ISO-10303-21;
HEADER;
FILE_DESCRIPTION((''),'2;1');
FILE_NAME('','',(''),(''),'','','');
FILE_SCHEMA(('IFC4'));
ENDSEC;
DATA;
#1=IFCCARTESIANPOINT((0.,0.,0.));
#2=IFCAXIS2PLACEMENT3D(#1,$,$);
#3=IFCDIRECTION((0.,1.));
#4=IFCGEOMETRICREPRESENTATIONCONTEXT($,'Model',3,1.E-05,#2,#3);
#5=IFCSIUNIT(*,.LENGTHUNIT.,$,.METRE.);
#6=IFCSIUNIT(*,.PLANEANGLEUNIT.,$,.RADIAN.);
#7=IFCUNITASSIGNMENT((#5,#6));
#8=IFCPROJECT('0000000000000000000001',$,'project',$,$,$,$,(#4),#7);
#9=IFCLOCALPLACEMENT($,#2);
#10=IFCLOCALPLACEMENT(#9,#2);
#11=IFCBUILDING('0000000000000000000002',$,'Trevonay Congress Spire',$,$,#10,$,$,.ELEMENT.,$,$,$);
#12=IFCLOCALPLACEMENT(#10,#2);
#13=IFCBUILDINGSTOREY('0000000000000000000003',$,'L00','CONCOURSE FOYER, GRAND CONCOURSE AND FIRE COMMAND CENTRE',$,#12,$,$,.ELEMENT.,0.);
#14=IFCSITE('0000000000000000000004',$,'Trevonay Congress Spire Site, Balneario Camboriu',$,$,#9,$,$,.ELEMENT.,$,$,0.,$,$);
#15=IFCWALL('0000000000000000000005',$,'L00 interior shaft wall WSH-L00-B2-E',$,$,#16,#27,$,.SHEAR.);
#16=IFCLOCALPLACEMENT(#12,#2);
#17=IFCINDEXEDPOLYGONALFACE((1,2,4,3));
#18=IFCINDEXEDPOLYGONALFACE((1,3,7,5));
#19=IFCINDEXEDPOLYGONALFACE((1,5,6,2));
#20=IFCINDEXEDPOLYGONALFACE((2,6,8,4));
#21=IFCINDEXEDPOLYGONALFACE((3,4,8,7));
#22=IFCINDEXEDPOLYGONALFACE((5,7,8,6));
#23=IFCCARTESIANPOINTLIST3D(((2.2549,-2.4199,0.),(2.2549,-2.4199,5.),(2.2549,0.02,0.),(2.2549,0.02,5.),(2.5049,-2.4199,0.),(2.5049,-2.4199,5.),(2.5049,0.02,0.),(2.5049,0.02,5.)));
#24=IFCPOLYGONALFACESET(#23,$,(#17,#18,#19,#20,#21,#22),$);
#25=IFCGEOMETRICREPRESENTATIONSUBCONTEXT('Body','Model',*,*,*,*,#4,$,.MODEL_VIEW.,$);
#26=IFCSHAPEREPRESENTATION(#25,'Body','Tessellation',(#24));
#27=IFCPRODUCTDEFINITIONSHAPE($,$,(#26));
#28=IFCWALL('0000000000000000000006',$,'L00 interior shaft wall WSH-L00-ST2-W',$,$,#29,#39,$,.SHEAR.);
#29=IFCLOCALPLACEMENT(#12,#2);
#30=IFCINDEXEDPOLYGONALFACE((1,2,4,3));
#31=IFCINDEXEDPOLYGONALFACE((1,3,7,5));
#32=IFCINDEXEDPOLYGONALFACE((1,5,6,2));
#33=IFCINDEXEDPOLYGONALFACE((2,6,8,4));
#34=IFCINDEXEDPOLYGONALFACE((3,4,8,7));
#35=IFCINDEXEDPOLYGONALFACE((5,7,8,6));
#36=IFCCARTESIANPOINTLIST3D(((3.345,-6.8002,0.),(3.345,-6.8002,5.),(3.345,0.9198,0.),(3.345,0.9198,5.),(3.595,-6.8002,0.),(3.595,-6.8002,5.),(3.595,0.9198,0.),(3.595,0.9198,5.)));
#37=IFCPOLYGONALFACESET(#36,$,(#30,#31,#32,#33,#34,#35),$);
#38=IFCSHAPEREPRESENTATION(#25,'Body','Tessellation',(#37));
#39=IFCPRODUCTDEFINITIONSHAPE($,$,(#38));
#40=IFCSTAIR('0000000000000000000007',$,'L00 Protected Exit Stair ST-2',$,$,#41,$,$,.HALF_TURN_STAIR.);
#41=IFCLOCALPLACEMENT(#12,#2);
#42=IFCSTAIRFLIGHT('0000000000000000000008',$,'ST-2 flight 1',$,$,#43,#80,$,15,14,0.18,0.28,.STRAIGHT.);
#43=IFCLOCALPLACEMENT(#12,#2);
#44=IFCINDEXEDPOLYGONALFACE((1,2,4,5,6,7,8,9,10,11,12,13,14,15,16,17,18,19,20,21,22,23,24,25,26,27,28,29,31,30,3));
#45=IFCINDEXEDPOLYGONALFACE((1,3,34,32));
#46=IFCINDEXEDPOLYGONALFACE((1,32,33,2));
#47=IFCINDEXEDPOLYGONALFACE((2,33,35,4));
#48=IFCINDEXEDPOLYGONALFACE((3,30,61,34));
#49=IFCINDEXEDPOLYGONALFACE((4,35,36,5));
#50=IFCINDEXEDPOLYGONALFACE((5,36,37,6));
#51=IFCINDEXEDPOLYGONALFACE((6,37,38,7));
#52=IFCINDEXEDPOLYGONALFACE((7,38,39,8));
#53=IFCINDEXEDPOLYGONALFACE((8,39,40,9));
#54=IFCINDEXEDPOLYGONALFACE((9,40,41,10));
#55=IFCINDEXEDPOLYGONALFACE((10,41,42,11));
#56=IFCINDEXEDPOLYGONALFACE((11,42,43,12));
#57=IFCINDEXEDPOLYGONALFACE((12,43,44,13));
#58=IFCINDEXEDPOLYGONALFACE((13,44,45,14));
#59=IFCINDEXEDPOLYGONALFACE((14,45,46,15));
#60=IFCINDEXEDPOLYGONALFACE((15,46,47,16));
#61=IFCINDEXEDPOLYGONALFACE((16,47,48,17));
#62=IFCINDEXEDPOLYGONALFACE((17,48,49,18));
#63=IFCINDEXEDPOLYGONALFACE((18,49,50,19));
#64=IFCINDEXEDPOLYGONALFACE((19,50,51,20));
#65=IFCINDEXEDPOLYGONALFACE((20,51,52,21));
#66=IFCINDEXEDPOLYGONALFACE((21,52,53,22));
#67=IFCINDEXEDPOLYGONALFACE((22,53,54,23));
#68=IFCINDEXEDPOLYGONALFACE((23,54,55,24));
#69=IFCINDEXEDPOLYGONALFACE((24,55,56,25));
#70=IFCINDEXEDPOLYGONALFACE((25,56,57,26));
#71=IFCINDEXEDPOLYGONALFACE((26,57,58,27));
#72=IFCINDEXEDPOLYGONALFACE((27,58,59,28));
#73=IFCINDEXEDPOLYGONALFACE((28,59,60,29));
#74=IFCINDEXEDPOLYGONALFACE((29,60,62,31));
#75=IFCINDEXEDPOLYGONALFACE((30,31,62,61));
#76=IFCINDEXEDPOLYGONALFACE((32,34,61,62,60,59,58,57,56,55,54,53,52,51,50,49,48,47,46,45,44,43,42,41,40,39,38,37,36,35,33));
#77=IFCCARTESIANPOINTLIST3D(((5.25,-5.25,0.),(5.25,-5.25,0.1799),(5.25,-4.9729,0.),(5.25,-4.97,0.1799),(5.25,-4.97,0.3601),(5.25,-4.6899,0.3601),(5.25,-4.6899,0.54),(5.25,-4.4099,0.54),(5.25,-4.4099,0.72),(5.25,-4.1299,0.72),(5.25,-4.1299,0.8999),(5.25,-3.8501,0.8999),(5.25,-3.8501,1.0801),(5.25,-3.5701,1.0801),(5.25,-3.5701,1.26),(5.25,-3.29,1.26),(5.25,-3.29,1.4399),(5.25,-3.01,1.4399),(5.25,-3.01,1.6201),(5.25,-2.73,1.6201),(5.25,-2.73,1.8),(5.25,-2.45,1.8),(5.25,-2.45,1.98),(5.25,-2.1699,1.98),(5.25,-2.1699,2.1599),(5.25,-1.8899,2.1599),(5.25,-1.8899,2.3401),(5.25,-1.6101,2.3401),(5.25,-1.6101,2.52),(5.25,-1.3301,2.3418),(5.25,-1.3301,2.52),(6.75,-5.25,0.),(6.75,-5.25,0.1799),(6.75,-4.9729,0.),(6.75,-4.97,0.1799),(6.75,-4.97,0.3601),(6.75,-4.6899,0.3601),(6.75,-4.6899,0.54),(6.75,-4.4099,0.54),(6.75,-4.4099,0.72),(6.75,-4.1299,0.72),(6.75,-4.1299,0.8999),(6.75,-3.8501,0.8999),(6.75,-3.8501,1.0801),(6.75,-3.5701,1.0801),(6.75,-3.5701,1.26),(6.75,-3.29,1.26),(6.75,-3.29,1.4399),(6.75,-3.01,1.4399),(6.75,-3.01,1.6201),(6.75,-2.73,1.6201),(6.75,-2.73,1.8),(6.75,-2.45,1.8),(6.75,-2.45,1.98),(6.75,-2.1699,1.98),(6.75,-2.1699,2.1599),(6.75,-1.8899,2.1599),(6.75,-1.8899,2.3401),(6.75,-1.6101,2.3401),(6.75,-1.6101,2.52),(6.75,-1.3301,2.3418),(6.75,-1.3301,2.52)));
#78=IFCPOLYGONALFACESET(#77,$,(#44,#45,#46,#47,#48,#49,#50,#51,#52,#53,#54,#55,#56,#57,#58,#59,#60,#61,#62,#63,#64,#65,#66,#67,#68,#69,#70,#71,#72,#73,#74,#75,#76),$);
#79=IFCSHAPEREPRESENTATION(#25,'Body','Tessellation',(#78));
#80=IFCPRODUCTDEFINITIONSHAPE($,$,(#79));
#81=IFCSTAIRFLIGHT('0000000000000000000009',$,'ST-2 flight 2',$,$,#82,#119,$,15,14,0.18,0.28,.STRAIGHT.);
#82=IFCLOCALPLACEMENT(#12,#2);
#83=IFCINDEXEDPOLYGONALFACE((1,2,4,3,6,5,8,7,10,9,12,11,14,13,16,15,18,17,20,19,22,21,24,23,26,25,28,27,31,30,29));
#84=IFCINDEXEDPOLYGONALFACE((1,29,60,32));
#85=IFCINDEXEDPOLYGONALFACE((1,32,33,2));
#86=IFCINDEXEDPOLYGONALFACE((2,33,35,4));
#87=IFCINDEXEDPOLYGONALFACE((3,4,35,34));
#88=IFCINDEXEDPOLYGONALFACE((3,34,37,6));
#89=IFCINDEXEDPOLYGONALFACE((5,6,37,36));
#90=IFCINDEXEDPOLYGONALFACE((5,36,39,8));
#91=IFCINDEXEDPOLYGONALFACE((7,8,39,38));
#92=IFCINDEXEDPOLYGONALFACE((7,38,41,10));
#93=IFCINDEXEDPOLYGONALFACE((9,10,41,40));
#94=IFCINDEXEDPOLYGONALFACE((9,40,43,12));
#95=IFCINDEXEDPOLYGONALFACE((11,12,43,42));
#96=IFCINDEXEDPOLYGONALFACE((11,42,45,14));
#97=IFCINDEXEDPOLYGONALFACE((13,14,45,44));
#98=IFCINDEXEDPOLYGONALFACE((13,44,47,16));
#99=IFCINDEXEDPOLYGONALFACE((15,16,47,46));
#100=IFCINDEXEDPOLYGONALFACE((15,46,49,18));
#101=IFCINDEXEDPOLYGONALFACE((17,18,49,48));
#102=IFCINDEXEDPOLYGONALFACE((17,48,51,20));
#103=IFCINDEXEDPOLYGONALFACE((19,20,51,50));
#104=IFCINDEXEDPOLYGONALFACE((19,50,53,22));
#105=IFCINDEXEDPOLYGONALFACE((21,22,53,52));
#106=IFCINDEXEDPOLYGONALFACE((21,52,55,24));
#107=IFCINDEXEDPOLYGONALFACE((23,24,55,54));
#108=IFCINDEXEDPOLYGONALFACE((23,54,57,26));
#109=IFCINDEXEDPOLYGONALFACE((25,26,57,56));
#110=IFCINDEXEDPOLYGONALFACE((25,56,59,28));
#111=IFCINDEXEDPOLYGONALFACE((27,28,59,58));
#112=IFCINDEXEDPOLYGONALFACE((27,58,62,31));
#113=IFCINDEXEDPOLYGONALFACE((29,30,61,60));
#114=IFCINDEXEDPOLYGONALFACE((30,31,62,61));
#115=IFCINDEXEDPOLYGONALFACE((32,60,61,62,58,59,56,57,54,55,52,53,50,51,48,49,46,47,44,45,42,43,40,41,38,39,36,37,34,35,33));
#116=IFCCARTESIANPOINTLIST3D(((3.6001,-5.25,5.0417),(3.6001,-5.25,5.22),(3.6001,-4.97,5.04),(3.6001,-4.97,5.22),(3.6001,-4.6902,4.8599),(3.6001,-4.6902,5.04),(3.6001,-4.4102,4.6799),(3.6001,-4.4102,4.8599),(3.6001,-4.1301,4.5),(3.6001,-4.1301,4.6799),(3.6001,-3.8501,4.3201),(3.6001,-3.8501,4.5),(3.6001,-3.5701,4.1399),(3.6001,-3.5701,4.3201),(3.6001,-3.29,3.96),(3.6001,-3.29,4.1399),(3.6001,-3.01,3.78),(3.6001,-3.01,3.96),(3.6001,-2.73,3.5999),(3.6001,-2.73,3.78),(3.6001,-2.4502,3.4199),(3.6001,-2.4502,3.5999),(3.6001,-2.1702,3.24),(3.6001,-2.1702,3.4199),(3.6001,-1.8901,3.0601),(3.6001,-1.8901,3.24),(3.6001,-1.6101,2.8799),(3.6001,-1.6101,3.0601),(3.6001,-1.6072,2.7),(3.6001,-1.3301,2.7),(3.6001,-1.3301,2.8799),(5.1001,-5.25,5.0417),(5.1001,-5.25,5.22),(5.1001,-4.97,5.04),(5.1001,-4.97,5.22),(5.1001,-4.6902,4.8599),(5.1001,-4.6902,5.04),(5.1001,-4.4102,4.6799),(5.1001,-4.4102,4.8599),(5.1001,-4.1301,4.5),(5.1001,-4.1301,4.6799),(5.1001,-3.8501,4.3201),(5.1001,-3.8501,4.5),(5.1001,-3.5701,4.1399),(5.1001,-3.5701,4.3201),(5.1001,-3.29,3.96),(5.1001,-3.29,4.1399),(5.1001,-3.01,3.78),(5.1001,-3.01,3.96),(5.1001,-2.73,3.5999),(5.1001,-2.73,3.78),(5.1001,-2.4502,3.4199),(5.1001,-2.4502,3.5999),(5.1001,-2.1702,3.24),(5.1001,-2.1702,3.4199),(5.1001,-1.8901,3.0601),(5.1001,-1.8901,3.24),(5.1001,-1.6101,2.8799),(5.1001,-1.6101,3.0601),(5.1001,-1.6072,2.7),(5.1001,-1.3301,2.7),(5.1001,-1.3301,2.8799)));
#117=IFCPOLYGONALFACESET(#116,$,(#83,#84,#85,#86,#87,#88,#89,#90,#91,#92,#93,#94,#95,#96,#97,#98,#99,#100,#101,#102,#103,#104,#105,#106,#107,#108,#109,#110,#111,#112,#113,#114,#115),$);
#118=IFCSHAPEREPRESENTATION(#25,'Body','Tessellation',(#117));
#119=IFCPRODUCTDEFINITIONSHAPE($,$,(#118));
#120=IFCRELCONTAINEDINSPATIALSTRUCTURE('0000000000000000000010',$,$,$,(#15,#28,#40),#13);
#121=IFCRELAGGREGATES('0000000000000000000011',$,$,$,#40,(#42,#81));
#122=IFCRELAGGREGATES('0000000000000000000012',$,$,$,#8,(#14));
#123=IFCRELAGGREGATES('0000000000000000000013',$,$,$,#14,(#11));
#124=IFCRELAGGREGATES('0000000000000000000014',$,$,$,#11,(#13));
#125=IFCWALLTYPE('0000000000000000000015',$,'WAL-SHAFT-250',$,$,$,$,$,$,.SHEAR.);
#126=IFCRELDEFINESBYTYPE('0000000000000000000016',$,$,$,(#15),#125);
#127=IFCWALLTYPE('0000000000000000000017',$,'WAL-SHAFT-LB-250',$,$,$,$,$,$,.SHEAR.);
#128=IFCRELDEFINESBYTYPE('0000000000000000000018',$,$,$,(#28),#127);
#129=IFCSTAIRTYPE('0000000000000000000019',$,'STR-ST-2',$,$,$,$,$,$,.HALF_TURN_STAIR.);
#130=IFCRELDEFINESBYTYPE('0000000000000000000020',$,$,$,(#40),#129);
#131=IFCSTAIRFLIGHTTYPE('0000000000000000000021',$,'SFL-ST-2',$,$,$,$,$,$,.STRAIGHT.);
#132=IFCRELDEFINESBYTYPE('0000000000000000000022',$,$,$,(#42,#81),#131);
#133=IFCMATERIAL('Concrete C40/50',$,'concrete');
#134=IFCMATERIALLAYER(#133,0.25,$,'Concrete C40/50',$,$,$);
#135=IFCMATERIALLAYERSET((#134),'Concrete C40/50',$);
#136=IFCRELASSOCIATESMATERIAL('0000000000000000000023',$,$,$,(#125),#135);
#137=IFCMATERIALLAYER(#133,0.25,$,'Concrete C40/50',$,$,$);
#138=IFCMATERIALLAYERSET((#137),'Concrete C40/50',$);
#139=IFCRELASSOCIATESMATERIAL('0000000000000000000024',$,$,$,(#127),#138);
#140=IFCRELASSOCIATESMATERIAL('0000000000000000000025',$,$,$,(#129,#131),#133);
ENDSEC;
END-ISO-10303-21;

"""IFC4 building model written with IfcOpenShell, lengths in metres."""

from ifc_helpers import new_model, si_unit, direction, frame, frame_2d, origin, place, context, subcontext, project, spatial, polyline, rectangle, outline, extrude, material, layer, layer_set, type_object, element, aggregate, save


model = new_model("IFC4")

# Units and contexts
model_context = context("Model", 3, precision=1e-05, world=origin(), true_north=direction((0.0, 1.0)))
body_context = subcontext(model_context, "Body", "Model", "MODEL_VIEW")
ifc_project = project(units=[si_unit("LENGTHUNIT", "METRE"), si_unit("PLANEANGLEUNIT", "RADIAN")], contexts=[model_context])

# Site, building, storey
site_placement = place(None, origin())
site = spatial("IfcSite", under=ifc_project, at=site_placement, Name="Trevonay Congress Spire Site, Balneario Camboriu", CompositionType="ELEMENT", RefElevation=0.0)
building_placement = place(site_placement, origin())
building = spatial("IfcBuilding", under=site, at=building_placement, Name="Trevonay Congress Spire", CompositionType="ELEMENT")
storey_placement = place(building_placement, origin())
storey = spatial("IfcBuildingStorey", under=building, at=storey_placement, Name="L00", Description="CONCOURSE FOYER, GRAND CONCOURSE AND FIRE COMMAND CENTRE", CompositionType="ELEMENT", Elevation=0.0)

# Shared definitions
ifc_material_1 = material(Name="Concrete C40/50", Category="concrete")

# Walls
ifc_layer_1 = layer(ifc_material_1, 0.25, Name="Concrete C40/50")
ifc_layer_set_1 = layer_set([ifc_layer_1], Name="Concrete C40/50")
wall_type_1 = type_object("IfcWallType", Name="WAL-SHAFT-250", PredefinedType="SHEAR", material=ifc_layer_set_1)
wall_1_placement = place(storey_placement, frame((2.3799, -2.4199, 0.0), z_axis=(0.0, 0.0, 1.0), x_axis=(0.0, 1.0, 0.0)))
element("IfcWall", 1, at=wall_1_placement, inside=storey, type_object=wall_type_1, Name="L00 interior shaft wall WSH-L00-B2-E", PredefinedType="SHEAR", context=body_context, shape_type="SweptSolid", body=[
    extrude(rectangle(XDim=2.4399, YDim=0.25, at=frame_2d((1.22, 0.0))), origin(), (0.0, 0.0, 1.0), 5.0),
])
ifc_layer_2 = layer(ifc_material_1, 0.25, Name="Concrete C40/50")
ifc_layer_set_2 = layer_set([ifc_layer_2], Name="Concrete C40/50")
wall_type_2 = type_object("IfcWallType", Name="WAL-SHAFT-LB-250", PredefinedType="SHEAR", material=ifc_layer_set_2)
wall_2_placement = place(storey_placement, frame((3.47, -6.8, 0.0), z_axis=(0.0, 0.0, 1.0), x_axis=(0.0, 1.0, 0.0)))
element("IfcWall", 2, at=wall_2_placement, inside=storey, type_object=wall_type_2, Name="L00 interior shaft wall WSH-L00-ST2-W", PredefinedType="SHEAR", context=body_context, shape_type="SweptSolid", body=[
    extrude(rectangle(XDim=7.72, YDim=0.25, at=frame_2d((3.8599, 0.0))), origin(), (0.0, 0.0, 1.0), 5.0),
])

# Stair, stair flights
stair_type = type_object("IfcStairType", Name="STR-ST-2", PredefinedType="HALF_TURN_STAIR", material=ifc_material_1)
stair_placement = place(storey_placement, origin())
stair = element("IfcStair", 3, at=stair_placement, inside=storey, type_object=stair_type, Name="L00 Protected Exit Stair ST-2", PredefinedType="HALF_TURN_STAIR")
stair_flight_type = type_object("IfcStairFlightType", Name="SFL-ST-2", PredefinedType="STRAIGHT", material=ifc_material_1)
stair_flight_1_placement = place(storey_placement, frame((6.0, -5.25, 0.0), z_axis=(0.0, 0.0, 1.0), x_axis=(0.0, 1.0, 0.0)))
stair_flight_1 = element("IfcStairFlight", 4, at=stair_flight_1_placement, type_object=stair_flight_type, Name="ST-2 flight 1", NumberOfRisers=15, NumberOfTreads=14, PredefinedType="STRAIGHT", RiserHeight=0.18, TreadLength=0.28, context=body_context, shape_type="SweptSolid", body=[
    extrude(outline(polyline([(0.0, 0.0), (0.0, 0.1799), (0.28, 0.1799), (0.28, 0.3601), (0.5601, 0.3601), (0.5601, 0.54), (0.8401, 0.54), (0.8401, 0.72), (1.1201, 0.72), (1.1201, 0.8999), (1.3999, 0.8999), (1.3999, 1.0801), (1.6799, 1.0801), (1.6799, 1.26), (1.96, 1.26), (1.96, 1.4399), (2.24, 1.4399), (2.24, 1.6201), (2.52, 1.6201), (2.52, 1.8), (2.8, 1.8), (2.8, 1.98), (3.0801, 1.98), (3.0801, 2.1599), (3.3601, 2.1599), (3.3601, 2.3401), (3.6399, 2.3401), (3.6399, 2.52), (3.9199, 2.52), (3.9199, 2.7), (3.9199, 2.3418), (0.2771, 0.0), (0.0, 0.0)])), frame((0.0, 0.75, 0.0), z_axis=(0.0, -1.0, 0.0), x_axis=(1.0, 0.0, 0.0)), (0.0, 0.0, 1.0), 1.5),
])
stair_flight_2_placement = place(storey_placement, frame((4.3501, -1.3301, 2.7), z_axis=(0.0, 0.0, 1.0), x_axis=(0.0, -1.0, 0.0)))
stair_flight_2 = element("IfcStairFlight", 5, at=stair_flight_2_placement, type_object=stair_flight_type, Name="ST-2 flight 2", NumberOfRisers=15, NumberOfTreads=14, PredefinedType="STRAIGHT", RiserHeight=0.18, TreadLength=0.28, context=body_context, shape_type="SweptSolid", body=[
    extrude(outline(polyline([(0.0, 0.0), (0.0, 0.1799), (0.28, 0.1799), (0.28, 0.3601), (0.5601, 0.3601), (0.5601, 0.54), (0.8401, 0.54), (0.8401, 0.72), (1.1201, 0.72), (1.1201, 0.8999), (1.3999, 0.8999), (1.3999, 1.0801), (1.6799, 1.0801), (1.6799, 1.26), (1.96, 1.26), (1.96, 1.4399), (2.24, 1.4399), (2.24, 1.6201), (2.52, 1.6201), (2.52, 1.8), (2.8, 1.8), (2.8, 1.98), (3.0801, 1.98), (3.0801, 2.1599), (3.3601, 2.1599), (3.3601, 2.3401), (3.6399, 2.3401), (3.6399, 2.52), (3.9199, 2.52), (3.9199, 2.7), (3.9199, 2.3418), (0.2771, 0.0), (0.0, 0.0)])), frame((0.0, 0.75, 0.0), z_axis=(0.0, -1.0, 0.0), x_axis=(1.0, 0.0, 0.0)), (0.0, 0.0, 1.0), 1.5),
])
aggregate(stair, [stair_flight_1, stair_flight_2])

save(model, "model.ifc")
